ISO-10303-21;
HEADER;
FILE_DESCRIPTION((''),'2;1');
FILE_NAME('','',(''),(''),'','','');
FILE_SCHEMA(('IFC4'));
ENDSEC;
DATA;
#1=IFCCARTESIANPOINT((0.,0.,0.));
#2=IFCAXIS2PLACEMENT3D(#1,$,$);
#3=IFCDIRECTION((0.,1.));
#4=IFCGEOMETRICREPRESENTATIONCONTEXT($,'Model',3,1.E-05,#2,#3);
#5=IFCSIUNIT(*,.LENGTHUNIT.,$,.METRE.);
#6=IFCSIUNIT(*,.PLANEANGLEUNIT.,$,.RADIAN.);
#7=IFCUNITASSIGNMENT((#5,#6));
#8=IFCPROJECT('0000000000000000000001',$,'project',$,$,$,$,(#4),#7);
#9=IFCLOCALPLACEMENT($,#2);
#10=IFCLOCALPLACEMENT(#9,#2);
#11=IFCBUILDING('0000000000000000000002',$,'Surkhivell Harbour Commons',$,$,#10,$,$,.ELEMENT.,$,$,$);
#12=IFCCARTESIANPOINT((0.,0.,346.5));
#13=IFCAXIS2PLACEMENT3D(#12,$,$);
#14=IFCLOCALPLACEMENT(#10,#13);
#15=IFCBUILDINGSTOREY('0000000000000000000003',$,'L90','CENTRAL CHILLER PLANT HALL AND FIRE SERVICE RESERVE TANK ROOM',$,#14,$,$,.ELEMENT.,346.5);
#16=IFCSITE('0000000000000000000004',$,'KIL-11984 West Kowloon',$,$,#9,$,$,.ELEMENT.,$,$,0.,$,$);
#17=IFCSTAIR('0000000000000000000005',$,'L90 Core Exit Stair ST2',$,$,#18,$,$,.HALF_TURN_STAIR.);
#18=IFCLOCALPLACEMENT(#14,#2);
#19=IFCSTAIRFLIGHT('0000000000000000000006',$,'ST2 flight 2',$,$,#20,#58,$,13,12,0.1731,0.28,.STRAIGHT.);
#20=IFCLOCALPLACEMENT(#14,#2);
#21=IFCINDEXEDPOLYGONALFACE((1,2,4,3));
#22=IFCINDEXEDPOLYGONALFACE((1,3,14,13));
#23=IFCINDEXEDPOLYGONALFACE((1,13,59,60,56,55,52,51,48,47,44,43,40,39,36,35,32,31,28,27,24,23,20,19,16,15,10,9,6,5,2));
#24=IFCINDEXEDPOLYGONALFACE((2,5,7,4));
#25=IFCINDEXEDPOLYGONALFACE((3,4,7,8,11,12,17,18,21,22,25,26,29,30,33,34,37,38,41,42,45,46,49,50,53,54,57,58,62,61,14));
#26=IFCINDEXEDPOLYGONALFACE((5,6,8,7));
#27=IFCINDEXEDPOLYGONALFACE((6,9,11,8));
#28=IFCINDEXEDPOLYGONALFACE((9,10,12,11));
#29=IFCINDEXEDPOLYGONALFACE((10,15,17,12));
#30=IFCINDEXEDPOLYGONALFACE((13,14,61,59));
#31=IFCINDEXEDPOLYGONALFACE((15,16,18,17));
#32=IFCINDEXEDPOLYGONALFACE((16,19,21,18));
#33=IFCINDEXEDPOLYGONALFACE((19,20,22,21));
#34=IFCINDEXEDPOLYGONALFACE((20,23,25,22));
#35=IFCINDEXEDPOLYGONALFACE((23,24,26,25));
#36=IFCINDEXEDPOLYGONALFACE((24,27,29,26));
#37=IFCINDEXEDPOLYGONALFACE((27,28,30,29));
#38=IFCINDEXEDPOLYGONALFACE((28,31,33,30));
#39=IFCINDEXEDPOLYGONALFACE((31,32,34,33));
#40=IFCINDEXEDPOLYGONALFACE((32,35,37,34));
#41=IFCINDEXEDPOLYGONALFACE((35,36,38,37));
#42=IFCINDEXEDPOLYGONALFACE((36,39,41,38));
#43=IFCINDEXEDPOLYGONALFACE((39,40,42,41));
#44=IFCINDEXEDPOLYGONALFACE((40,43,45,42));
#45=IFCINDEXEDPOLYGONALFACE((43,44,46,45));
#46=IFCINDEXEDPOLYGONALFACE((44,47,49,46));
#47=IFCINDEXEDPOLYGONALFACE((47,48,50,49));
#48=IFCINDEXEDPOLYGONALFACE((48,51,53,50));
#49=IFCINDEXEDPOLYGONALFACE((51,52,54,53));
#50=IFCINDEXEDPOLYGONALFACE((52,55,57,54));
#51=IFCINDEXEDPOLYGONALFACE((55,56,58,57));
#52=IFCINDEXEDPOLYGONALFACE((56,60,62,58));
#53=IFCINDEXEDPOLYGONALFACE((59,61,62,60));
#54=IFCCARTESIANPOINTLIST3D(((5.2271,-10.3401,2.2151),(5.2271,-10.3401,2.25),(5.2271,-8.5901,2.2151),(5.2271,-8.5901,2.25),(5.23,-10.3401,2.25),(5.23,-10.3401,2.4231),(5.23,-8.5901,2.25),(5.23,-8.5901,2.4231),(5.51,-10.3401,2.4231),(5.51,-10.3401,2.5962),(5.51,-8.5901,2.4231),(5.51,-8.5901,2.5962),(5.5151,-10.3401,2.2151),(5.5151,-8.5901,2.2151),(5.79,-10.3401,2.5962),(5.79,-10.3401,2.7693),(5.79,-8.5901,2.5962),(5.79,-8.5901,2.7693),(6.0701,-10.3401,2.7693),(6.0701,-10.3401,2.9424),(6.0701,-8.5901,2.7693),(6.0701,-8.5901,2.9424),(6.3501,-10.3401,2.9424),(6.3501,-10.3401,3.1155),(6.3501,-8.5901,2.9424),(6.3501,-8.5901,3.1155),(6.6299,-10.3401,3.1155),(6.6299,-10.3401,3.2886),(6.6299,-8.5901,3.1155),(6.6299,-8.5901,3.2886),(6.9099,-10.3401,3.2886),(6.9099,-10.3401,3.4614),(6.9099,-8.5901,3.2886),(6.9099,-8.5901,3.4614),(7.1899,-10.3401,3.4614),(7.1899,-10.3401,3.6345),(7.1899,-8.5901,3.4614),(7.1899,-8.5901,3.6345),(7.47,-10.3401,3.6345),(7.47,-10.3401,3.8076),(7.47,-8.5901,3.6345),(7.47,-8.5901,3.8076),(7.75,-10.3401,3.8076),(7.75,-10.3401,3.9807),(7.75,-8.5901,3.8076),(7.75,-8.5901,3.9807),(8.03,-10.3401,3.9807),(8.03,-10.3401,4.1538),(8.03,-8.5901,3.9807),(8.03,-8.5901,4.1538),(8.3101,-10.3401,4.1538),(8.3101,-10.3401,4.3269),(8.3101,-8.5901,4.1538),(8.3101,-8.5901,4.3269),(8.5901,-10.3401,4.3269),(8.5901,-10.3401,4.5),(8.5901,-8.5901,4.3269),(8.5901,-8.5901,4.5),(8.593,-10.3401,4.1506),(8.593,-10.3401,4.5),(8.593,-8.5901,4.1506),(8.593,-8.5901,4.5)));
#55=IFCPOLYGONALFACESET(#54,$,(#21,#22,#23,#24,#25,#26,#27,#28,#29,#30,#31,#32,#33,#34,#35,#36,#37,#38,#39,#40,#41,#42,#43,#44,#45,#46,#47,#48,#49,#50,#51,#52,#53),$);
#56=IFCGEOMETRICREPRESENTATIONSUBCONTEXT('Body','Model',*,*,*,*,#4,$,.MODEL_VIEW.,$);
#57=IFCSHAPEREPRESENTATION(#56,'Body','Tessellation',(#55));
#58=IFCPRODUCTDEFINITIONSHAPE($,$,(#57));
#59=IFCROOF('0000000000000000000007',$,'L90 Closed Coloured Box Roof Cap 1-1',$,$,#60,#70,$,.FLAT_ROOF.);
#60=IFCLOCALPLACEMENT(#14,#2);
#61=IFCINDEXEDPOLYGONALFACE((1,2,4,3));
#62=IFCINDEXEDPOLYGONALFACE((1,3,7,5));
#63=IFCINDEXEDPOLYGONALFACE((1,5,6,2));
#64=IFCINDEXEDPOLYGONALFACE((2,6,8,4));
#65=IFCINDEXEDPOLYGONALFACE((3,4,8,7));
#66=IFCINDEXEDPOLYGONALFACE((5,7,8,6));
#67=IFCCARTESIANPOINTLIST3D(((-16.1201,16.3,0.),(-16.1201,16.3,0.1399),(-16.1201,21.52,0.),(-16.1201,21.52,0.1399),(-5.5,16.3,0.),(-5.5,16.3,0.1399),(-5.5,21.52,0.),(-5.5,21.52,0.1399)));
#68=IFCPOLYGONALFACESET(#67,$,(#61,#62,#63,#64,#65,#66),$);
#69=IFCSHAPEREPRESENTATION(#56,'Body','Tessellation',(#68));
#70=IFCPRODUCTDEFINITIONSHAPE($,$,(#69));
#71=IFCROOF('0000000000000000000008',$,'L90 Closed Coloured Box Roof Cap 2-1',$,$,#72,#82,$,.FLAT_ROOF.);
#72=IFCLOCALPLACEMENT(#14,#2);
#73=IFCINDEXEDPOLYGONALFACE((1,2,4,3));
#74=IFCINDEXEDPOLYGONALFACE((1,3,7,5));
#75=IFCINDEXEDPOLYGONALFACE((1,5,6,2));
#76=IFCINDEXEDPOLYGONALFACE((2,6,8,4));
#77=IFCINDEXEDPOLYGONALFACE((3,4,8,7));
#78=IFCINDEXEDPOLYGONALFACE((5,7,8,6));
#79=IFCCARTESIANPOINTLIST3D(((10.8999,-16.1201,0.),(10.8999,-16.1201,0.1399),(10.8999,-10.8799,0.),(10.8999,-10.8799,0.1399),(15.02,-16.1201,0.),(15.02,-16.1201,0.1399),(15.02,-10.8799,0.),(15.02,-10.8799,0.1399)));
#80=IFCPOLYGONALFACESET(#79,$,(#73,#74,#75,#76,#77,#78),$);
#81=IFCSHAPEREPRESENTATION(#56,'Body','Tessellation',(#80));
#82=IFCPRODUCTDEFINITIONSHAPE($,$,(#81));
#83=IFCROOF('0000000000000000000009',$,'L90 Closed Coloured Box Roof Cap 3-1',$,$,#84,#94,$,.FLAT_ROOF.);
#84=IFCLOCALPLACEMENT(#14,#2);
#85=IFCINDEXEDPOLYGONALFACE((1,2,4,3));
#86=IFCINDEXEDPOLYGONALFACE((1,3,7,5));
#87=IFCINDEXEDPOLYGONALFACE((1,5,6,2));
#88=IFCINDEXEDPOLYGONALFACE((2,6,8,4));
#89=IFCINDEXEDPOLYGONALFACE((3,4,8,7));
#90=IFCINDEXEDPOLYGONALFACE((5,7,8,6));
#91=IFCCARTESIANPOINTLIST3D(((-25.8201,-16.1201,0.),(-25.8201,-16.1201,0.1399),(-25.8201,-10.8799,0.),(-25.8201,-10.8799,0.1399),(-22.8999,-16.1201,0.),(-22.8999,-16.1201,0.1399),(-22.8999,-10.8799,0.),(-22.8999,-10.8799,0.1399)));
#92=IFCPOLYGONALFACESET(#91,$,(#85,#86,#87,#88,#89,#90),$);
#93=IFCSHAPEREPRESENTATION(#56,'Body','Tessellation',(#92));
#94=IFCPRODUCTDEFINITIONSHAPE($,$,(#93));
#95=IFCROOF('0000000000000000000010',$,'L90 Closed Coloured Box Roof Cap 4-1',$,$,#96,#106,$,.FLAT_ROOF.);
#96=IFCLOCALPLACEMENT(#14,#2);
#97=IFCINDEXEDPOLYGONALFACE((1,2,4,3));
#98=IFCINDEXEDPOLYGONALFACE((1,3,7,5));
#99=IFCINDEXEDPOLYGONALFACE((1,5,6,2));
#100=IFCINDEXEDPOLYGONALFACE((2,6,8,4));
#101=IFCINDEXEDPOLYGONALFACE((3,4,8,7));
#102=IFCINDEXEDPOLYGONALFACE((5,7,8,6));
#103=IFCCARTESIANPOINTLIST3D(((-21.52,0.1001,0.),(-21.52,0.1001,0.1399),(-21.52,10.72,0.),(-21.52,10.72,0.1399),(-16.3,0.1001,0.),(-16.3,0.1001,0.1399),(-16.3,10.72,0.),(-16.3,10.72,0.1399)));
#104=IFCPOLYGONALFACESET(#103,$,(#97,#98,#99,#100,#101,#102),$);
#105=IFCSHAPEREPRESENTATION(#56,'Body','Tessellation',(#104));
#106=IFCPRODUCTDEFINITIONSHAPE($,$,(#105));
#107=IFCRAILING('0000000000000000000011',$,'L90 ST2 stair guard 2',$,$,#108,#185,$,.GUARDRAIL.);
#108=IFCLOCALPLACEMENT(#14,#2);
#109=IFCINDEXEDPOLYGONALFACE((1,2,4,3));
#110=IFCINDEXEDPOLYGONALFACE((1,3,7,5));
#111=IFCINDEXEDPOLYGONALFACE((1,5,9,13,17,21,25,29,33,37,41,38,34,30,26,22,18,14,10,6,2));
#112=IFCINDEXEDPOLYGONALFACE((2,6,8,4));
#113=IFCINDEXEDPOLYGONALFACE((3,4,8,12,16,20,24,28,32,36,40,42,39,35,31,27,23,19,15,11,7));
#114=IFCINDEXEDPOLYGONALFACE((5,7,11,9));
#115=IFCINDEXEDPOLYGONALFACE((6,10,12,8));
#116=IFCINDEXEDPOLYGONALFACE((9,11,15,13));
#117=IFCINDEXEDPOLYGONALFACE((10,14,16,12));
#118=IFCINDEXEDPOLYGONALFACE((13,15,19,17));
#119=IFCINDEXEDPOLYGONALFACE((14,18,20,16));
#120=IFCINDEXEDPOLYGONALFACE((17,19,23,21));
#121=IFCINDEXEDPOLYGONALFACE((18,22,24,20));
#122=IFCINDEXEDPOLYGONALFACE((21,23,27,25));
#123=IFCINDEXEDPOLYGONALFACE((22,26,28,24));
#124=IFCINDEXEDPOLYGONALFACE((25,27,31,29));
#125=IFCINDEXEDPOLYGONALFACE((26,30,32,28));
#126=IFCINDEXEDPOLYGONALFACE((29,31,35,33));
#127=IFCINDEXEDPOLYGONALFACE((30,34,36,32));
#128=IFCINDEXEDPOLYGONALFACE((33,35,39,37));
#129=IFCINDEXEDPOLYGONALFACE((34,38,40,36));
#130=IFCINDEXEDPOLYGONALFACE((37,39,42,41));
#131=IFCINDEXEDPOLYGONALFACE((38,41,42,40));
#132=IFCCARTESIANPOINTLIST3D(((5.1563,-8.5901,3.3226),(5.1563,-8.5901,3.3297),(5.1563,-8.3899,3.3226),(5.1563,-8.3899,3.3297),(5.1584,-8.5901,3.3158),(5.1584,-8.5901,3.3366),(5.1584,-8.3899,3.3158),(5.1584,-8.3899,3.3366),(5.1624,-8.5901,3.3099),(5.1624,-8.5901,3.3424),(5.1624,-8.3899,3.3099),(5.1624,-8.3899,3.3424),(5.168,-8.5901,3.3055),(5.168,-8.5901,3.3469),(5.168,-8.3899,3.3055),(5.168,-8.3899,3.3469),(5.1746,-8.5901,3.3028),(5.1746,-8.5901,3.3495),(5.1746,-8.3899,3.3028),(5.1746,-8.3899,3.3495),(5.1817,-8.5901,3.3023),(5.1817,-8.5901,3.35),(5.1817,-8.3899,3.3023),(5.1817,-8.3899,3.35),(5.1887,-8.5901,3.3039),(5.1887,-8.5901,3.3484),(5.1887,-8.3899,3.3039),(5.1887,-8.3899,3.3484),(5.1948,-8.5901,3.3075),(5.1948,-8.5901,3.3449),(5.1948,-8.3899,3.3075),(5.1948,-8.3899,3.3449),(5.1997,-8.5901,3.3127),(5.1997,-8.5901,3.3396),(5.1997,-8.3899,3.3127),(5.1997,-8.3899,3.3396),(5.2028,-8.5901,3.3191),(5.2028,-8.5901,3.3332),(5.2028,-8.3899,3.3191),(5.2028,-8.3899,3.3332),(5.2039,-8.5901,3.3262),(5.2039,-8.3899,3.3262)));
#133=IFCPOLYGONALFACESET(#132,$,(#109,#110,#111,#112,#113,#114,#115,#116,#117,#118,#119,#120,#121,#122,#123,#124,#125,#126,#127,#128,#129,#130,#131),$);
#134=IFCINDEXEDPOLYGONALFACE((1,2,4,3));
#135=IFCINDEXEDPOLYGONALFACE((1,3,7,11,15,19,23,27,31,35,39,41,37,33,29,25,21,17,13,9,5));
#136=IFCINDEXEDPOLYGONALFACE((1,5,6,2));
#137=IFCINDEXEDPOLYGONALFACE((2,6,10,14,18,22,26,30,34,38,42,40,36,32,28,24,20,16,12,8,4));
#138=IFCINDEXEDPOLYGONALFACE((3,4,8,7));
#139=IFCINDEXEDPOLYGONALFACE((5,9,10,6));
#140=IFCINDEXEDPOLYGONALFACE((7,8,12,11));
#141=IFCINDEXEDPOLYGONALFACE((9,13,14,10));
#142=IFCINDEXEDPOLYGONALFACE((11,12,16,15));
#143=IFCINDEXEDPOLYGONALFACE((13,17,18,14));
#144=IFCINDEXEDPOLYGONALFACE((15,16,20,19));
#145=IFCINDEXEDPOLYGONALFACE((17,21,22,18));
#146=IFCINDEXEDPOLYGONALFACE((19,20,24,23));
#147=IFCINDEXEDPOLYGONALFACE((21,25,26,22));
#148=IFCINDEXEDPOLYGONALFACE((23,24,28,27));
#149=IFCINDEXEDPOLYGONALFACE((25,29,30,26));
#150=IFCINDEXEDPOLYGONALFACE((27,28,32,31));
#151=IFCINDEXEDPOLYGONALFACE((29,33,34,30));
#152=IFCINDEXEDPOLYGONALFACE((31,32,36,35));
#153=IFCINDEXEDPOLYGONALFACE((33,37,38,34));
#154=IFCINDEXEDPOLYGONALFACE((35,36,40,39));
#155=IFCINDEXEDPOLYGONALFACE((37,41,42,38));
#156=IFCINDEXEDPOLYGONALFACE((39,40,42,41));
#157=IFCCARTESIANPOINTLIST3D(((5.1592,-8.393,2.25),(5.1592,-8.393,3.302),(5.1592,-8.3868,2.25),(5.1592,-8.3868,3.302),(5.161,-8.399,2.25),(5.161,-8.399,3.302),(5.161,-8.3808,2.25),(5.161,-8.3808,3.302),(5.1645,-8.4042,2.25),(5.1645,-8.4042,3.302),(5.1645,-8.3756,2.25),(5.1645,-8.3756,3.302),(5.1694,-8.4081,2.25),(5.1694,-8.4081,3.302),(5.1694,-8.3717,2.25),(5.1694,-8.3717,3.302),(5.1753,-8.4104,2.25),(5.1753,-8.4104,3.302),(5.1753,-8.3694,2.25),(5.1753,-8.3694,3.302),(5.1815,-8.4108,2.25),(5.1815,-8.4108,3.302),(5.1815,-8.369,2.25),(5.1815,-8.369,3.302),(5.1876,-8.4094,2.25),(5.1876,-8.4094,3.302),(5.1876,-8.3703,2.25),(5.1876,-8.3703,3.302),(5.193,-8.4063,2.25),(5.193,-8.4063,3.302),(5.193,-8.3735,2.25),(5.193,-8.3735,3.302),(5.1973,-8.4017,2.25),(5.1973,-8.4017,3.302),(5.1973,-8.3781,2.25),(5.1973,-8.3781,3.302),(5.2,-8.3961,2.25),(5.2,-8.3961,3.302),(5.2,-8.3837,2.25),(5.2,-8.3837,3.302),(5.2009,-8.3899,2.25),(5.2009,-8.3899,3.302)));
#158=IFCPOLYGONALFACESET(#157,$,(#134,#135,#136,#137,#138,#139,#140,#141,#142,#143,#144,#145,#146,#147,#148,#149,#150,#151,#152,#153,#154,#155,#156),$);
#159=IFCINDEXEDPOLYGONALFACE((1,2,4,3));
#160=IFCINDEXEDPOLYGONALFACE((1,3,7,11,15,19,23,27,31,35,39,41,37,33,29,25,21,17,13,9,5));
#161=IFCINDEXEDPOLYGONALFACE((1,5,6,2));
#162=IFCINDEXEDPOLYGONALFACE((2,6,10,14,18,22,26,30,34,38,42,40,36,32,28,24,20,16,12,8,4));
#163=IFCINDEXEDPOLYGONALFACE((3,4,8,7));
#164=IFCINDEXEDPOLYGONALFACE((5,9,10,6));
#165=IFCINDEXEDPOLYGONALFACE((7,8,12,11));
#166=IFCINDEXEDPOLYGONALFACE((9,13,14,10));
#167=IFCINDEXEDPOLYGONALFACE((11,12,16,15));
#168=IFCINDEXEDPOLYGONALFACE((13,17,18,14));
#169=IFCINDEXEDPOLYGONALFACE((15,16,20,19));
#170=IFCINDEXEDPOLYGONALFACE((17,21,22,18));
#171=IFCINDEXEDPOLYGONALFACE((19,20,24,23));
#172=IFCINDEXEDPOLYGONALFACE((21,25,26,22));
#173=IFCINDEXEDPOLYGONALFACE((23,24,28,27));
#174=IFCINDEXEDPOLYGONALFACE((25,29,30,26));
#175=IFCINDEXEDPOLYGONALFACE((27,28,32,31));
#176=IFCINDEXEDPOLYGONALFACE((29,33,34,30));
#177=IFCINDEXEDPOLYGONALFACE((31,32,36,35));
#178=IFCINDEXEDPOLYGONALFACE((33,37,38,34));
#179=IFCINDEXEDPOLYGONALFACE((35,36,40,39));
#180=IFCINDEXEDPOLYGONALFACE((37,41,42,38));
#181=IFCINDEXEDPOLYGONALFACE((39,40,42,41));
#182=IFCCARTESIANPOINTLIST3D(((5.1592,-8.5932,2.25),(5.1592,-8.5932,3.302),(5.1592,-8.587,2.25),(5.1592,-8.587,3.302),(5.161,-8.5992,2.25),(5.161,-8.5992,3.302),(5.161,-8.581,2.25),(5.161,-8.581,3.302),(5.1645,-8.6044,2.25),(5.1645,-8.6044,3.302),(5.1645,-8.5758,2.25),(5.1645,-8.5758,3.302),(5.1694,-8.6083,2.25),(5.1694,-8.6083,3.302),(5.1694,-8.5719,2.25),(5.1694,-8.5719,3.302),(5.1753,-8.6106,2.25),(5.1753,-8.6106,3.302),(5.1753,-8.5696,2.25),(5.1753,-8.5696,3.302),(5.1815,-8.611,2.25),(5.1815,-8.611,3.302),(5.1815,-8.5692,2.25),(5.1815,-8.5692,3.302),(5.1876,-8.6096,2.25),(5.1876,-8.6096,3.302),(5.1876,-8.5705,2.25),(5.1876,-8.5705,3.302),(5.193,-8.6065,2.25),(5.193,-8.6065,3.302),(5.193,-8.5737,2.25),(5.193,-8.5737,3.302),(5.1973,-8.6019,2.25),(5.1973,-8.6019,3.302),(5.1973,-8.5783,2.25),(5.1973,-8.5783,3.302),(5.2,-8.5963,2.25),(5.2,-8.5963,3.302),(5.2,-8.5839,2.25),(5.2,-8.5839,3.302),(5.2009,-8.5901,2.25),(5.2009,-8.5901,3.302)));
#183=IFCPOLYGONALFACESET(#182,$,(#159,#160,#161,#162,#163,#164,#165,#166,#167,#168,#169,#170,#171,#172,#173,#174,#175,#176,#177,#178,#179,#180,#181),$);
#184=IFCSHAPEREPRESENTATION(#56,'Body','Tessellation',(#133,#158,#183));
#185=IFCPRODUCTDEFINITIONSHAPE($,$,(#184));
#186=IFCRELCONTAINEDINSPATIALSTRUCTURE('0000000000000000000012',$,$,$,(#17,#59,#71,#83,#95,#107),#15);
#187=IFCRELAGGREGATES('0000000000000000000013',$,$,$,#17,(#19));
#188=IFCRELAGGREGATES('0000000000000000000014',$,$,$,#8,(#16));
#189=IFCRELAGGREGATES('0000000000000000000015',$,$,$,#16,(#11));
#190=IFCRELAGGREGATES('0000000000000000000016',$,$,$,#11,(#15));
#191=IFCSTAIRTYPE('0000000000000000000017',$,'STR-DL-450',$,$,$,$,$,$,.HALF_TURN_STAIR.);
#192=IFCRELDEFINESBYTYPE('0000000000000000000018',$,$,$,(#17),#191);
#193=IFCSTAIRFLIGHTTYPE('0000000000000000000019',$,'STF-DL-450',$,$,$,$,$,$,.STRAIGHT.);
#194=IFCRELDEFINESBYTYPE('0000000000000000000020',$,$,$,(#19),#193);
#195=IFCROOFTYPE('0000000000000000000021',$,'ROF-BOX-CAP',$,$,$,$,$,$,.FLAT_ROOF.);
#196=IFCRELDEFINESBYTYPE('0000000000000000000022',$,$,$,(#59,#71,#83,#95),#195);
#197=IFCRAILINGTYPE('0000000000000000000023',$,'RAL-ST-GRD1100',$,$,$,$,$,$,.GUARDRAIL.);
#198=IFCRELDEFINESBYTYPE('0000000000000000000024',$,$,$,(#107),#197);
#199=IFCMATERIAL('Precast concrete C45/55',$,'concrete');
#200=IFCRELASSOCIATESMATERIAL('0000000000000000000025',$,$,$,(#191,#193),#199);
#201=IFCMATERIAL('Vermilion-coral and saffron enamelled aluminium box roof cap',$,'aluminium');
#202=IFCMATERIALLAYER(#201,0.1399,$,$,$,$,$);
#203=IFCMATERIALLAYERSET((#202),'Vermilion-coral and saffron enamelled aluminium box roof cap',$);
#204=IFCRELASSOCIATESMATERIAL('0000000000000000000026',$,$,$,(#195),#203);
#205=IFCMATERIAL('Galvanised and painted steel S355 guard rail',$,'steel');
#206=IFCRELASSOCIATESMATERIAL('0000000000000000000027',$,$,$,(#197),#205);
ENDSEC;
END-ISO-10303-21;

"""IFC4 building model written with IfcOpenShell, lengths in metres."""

from ifc_helpers import new_model, si_unit, direction, frame, origin, origin_2d, place, context, subcontext, project, spatial, polyline, circle, outline, extrude, material, layer, layer_set, type_object, element, aggregate, save


model = new_model("IFC4")

# Units and contexts
model_context = context("Model", 3, precision=1e-05, world=origin(), true_north=direction((0.0, 1.0)))
body_context = subcontext(model_context, "Body", "Model", "MODEL_VIEW")
ifc_project = project(units=[si_unit("LENGTHUNIT", "METRE"), si_unit("PLANEANGLEUNIT", "RADIAN")], contexts=[model_context])

# Site, building, storey
site_placement = place(None, origin())
site = spatial("IfcSite", under=ifc_project, at=site_placement, Name="KIL-11984 West Kowloon", CompositionType="ELEMENT", RefElevation=0.0)
building_placement = place(site_placement, origin())
building = spatial("IfcBuilding", under=site, at=building_placement, Name="Surkhivell Harbour Commons", CompositionType="ELEMENT")
storey_placement = place(building_placement, frame((0.0, 0.0, 346.5)))
storey = spatial("IfcBuildingStorey", under=building, at=storey_placement, Name="L90", Description="CENTRAL CHILLER PLANT HALL AND FIRE SERVICE RESERVE TANK ROOM", CompositionType="ELEMENT", Elevation=346.5)

# Stair, stair flight
ifc_material_1 = material(Name="Precast concrete C45/55", Category="concrete")
stair_type = type_object("IfcStairType", Name="STR-DL-450", PredefinedType="HALF_TURN_STAIR", material=ifc_material_1)
stair_placement = place(storey_placement, origin())
stair = element("IfcStair", 1, at=stair_placement, inside=storey, type_object=stair_type, Name="L90 Core Exit Stair ST2", PredefinedType="HALF_TURN_STAIR")
stair_flight_type = type_object("IfcStairFlightType", Name="STF-DL-450", PredefinedType="STRAIGHT", material=ifc_material_1)
stair_flight_placement = place(storey_placement, frame((5.23, -9.4651, 2.25), z_axis=(0.0, 0.0, 1.0), x_axis=(1.0, 0.0, 0.0)))
stair_flight = element("IfcStairFlight", 2, at=stair_flight_placement, type_object=stair_flight_type, Name="ST2 flight 2", NumberOfRisers=13, NumberOfTreads=12, PredefinedType="STRAIGHT", RiserHeight=0.1731, TreadLength=0.28, context=body_context, shape_type="SweptSolid", body=[
    extrude(outline(polyline([(-0.0029, -0.0349), (-0.0029, 0.0), (0.0, 0.0), (0.0, 0.1731), (0.28, 0.1731), (0.28, 0.3462), (0.5601, 0.3462), (0.5601, 0.5193), (0.8401, 0.5193), (0.8401, 0.6924), (1.1201, 0.6924), (1.1201, 0.8655), (1.3999, 0.8655), (1.3999, 1.0386), (1.6799, 1.0386), (1.6799, 1.2114), (1.96, 1.2114), (1.96, 1.3845), (2.24, 1.3845), (2.24, 1.5576), (2.52, 1.5576), (2.52, 1.7307), (2.8, 1.7307), (2.8, 1.9038), (3.0801, 1.9038), (3.0801, 2.0769), (3.3601, 2.0769), (3.3601, 2.25), (3.363, 2.25), (3.363, 1.9006), (0.2852, -0.0349), (-0.0029, -0.0349)])), frame((0.0, 0.875, 0.0), z_axis=(0.0, -1.0, 0.0), x_axis=(1.0, 0.0, 0.0)), (0.0, 0.0, 1.0), 1.75),
])
aggregate(stair, [stair_flight])

# Roofs
ifc_material_2 = material(Name="Vermilion-coral and saffron enamelled aluminium box roof cap", Category="aluminium")
ifc_layer_1 = layer(ifc_material_2, 0.1399)
ifc_layer_set_1 = layer_set([ifc_layer_1], Name="Vermilion-coral and saffron enamelled aluminium box roof cap")
roof_type = type_object("IfcRoofType", Name="ROF-BOX-CAP", PredefinedType="FLAT_ROOF", material=ifc_layer_set_1)
roof_1_placement = place(storey_placement, origin())
element("IfcRoof", 3, at=roof_1_placement, inside=storey, type_object=roof_type, Name="L90 Closed Coloured Box Roof Cap 1-1", PredefinedType="FLAT_ROOF", context=body_context, shape_type="SweptSolid", body=[
    extrude(outline(polyline([(-5.5, 16.3), (-5.5, 21.52), (-16.1201, 21.52), (-16.1201, 16.3), (-5.5, 16.3)])), origin(), (0.0, 0.0, 1.0), 0.1399),
])
roof_2_placement = place(storey_placement, origin())
element("IfcRoof", 4, at=roof_2_placement, inside=storey, type_object=roof_type, Name="L90 Closed Coloured Box Roof Cap 2-1", PredefinedType="FLAT_ROOF", context=body_context, shape_type="SweptSolid", body=[
    extrude(outline(polyline([(10.8999, -16.1201), (15.02, -16.1201), (15.02, -10.8799), (10.8999, -10.8799), (10.8999, -16.1201)])), origin(), (0.0, 0.0, 1.0), 0.1399),
])
roof_3_placement = place(storey_placement, origin())
element("IfcRoof", 5, at=roof_3_placement, inside=storey, type_object=roof_type, Name="L90 Closed Coloured Box Roof Cap 3-1", PredefinedType="FLAT_ROOF", context=body_context, shape_type="SweptSolid", body=[
    extrude(outline(polyline([(-22.8999, -10.8799), (-25.8201, -10.8799), (-25.8201, -16.1201), (-22.8999, -16.1201), (-22.8999, -10.8799)])), origin(), (0.0, 0.0, 1.0), 0.1399),
])
roof_4_placement = place(storey_placement, origin())
element("IfcRoof", 6, at=roof_4_placement, inside=storey, type_object=roof_type, Name="L90 Closed Coloured Box Roof Cap 4-1", PredefinedType="FLAT_ROOF", context=body_context, shape_type="SweptSolid", body=[
    extrude(outline(polyline([(-16.3, 0.1001), (-16.3, 10.72), (-21.52, 10.72), (-21.52, 0.1001), (-16.3, 0.1001)])), origin(), (0.0, 0.0, 1.0), 0.1399),
])

# Railing
ifc_material_3 = material(Name="Galvanised and painted steel S355 guard rail", Category="steel")
railing_type = type_object("IfcRailingType", Name="RAL-ST-GRD1100", PredefinedType="GUARDRAIL", material=ifc_material_3)
railing_1_placement = place(storey_placement, frame((5.1799, -8.3899, 2.25)))
element("IfcRailing", 7, at=railing_1_placement, inside=storey, type_object=railing_type, Name="L90 ST2 stair guard 2", PredefinedType="GUARDRAIL", context=body_context, shape_type="SweptSolid", body=[
    extrude(circle(Radius=0.0239, at=origin_2d()), frame((0.0, 0.0, 1.0762), z_axis=(0.0, -1.0, 0.0), x_axis=(1.0, 0.0, 0.0)), (0.0, 0.0, 1.0), 0.2002),
    extrude(circle(Radius=0.021, at=origin_2d()), origin(), (0.0, 0.0, 1.0), 1.052),
    extrude(circle(Radius=0.021, at=origin_2d()), frame((0.0, -0.2002, 0.0)), (0.0, 0.0, 1.0), 1.052),
])

save(model, "model.ifc")
